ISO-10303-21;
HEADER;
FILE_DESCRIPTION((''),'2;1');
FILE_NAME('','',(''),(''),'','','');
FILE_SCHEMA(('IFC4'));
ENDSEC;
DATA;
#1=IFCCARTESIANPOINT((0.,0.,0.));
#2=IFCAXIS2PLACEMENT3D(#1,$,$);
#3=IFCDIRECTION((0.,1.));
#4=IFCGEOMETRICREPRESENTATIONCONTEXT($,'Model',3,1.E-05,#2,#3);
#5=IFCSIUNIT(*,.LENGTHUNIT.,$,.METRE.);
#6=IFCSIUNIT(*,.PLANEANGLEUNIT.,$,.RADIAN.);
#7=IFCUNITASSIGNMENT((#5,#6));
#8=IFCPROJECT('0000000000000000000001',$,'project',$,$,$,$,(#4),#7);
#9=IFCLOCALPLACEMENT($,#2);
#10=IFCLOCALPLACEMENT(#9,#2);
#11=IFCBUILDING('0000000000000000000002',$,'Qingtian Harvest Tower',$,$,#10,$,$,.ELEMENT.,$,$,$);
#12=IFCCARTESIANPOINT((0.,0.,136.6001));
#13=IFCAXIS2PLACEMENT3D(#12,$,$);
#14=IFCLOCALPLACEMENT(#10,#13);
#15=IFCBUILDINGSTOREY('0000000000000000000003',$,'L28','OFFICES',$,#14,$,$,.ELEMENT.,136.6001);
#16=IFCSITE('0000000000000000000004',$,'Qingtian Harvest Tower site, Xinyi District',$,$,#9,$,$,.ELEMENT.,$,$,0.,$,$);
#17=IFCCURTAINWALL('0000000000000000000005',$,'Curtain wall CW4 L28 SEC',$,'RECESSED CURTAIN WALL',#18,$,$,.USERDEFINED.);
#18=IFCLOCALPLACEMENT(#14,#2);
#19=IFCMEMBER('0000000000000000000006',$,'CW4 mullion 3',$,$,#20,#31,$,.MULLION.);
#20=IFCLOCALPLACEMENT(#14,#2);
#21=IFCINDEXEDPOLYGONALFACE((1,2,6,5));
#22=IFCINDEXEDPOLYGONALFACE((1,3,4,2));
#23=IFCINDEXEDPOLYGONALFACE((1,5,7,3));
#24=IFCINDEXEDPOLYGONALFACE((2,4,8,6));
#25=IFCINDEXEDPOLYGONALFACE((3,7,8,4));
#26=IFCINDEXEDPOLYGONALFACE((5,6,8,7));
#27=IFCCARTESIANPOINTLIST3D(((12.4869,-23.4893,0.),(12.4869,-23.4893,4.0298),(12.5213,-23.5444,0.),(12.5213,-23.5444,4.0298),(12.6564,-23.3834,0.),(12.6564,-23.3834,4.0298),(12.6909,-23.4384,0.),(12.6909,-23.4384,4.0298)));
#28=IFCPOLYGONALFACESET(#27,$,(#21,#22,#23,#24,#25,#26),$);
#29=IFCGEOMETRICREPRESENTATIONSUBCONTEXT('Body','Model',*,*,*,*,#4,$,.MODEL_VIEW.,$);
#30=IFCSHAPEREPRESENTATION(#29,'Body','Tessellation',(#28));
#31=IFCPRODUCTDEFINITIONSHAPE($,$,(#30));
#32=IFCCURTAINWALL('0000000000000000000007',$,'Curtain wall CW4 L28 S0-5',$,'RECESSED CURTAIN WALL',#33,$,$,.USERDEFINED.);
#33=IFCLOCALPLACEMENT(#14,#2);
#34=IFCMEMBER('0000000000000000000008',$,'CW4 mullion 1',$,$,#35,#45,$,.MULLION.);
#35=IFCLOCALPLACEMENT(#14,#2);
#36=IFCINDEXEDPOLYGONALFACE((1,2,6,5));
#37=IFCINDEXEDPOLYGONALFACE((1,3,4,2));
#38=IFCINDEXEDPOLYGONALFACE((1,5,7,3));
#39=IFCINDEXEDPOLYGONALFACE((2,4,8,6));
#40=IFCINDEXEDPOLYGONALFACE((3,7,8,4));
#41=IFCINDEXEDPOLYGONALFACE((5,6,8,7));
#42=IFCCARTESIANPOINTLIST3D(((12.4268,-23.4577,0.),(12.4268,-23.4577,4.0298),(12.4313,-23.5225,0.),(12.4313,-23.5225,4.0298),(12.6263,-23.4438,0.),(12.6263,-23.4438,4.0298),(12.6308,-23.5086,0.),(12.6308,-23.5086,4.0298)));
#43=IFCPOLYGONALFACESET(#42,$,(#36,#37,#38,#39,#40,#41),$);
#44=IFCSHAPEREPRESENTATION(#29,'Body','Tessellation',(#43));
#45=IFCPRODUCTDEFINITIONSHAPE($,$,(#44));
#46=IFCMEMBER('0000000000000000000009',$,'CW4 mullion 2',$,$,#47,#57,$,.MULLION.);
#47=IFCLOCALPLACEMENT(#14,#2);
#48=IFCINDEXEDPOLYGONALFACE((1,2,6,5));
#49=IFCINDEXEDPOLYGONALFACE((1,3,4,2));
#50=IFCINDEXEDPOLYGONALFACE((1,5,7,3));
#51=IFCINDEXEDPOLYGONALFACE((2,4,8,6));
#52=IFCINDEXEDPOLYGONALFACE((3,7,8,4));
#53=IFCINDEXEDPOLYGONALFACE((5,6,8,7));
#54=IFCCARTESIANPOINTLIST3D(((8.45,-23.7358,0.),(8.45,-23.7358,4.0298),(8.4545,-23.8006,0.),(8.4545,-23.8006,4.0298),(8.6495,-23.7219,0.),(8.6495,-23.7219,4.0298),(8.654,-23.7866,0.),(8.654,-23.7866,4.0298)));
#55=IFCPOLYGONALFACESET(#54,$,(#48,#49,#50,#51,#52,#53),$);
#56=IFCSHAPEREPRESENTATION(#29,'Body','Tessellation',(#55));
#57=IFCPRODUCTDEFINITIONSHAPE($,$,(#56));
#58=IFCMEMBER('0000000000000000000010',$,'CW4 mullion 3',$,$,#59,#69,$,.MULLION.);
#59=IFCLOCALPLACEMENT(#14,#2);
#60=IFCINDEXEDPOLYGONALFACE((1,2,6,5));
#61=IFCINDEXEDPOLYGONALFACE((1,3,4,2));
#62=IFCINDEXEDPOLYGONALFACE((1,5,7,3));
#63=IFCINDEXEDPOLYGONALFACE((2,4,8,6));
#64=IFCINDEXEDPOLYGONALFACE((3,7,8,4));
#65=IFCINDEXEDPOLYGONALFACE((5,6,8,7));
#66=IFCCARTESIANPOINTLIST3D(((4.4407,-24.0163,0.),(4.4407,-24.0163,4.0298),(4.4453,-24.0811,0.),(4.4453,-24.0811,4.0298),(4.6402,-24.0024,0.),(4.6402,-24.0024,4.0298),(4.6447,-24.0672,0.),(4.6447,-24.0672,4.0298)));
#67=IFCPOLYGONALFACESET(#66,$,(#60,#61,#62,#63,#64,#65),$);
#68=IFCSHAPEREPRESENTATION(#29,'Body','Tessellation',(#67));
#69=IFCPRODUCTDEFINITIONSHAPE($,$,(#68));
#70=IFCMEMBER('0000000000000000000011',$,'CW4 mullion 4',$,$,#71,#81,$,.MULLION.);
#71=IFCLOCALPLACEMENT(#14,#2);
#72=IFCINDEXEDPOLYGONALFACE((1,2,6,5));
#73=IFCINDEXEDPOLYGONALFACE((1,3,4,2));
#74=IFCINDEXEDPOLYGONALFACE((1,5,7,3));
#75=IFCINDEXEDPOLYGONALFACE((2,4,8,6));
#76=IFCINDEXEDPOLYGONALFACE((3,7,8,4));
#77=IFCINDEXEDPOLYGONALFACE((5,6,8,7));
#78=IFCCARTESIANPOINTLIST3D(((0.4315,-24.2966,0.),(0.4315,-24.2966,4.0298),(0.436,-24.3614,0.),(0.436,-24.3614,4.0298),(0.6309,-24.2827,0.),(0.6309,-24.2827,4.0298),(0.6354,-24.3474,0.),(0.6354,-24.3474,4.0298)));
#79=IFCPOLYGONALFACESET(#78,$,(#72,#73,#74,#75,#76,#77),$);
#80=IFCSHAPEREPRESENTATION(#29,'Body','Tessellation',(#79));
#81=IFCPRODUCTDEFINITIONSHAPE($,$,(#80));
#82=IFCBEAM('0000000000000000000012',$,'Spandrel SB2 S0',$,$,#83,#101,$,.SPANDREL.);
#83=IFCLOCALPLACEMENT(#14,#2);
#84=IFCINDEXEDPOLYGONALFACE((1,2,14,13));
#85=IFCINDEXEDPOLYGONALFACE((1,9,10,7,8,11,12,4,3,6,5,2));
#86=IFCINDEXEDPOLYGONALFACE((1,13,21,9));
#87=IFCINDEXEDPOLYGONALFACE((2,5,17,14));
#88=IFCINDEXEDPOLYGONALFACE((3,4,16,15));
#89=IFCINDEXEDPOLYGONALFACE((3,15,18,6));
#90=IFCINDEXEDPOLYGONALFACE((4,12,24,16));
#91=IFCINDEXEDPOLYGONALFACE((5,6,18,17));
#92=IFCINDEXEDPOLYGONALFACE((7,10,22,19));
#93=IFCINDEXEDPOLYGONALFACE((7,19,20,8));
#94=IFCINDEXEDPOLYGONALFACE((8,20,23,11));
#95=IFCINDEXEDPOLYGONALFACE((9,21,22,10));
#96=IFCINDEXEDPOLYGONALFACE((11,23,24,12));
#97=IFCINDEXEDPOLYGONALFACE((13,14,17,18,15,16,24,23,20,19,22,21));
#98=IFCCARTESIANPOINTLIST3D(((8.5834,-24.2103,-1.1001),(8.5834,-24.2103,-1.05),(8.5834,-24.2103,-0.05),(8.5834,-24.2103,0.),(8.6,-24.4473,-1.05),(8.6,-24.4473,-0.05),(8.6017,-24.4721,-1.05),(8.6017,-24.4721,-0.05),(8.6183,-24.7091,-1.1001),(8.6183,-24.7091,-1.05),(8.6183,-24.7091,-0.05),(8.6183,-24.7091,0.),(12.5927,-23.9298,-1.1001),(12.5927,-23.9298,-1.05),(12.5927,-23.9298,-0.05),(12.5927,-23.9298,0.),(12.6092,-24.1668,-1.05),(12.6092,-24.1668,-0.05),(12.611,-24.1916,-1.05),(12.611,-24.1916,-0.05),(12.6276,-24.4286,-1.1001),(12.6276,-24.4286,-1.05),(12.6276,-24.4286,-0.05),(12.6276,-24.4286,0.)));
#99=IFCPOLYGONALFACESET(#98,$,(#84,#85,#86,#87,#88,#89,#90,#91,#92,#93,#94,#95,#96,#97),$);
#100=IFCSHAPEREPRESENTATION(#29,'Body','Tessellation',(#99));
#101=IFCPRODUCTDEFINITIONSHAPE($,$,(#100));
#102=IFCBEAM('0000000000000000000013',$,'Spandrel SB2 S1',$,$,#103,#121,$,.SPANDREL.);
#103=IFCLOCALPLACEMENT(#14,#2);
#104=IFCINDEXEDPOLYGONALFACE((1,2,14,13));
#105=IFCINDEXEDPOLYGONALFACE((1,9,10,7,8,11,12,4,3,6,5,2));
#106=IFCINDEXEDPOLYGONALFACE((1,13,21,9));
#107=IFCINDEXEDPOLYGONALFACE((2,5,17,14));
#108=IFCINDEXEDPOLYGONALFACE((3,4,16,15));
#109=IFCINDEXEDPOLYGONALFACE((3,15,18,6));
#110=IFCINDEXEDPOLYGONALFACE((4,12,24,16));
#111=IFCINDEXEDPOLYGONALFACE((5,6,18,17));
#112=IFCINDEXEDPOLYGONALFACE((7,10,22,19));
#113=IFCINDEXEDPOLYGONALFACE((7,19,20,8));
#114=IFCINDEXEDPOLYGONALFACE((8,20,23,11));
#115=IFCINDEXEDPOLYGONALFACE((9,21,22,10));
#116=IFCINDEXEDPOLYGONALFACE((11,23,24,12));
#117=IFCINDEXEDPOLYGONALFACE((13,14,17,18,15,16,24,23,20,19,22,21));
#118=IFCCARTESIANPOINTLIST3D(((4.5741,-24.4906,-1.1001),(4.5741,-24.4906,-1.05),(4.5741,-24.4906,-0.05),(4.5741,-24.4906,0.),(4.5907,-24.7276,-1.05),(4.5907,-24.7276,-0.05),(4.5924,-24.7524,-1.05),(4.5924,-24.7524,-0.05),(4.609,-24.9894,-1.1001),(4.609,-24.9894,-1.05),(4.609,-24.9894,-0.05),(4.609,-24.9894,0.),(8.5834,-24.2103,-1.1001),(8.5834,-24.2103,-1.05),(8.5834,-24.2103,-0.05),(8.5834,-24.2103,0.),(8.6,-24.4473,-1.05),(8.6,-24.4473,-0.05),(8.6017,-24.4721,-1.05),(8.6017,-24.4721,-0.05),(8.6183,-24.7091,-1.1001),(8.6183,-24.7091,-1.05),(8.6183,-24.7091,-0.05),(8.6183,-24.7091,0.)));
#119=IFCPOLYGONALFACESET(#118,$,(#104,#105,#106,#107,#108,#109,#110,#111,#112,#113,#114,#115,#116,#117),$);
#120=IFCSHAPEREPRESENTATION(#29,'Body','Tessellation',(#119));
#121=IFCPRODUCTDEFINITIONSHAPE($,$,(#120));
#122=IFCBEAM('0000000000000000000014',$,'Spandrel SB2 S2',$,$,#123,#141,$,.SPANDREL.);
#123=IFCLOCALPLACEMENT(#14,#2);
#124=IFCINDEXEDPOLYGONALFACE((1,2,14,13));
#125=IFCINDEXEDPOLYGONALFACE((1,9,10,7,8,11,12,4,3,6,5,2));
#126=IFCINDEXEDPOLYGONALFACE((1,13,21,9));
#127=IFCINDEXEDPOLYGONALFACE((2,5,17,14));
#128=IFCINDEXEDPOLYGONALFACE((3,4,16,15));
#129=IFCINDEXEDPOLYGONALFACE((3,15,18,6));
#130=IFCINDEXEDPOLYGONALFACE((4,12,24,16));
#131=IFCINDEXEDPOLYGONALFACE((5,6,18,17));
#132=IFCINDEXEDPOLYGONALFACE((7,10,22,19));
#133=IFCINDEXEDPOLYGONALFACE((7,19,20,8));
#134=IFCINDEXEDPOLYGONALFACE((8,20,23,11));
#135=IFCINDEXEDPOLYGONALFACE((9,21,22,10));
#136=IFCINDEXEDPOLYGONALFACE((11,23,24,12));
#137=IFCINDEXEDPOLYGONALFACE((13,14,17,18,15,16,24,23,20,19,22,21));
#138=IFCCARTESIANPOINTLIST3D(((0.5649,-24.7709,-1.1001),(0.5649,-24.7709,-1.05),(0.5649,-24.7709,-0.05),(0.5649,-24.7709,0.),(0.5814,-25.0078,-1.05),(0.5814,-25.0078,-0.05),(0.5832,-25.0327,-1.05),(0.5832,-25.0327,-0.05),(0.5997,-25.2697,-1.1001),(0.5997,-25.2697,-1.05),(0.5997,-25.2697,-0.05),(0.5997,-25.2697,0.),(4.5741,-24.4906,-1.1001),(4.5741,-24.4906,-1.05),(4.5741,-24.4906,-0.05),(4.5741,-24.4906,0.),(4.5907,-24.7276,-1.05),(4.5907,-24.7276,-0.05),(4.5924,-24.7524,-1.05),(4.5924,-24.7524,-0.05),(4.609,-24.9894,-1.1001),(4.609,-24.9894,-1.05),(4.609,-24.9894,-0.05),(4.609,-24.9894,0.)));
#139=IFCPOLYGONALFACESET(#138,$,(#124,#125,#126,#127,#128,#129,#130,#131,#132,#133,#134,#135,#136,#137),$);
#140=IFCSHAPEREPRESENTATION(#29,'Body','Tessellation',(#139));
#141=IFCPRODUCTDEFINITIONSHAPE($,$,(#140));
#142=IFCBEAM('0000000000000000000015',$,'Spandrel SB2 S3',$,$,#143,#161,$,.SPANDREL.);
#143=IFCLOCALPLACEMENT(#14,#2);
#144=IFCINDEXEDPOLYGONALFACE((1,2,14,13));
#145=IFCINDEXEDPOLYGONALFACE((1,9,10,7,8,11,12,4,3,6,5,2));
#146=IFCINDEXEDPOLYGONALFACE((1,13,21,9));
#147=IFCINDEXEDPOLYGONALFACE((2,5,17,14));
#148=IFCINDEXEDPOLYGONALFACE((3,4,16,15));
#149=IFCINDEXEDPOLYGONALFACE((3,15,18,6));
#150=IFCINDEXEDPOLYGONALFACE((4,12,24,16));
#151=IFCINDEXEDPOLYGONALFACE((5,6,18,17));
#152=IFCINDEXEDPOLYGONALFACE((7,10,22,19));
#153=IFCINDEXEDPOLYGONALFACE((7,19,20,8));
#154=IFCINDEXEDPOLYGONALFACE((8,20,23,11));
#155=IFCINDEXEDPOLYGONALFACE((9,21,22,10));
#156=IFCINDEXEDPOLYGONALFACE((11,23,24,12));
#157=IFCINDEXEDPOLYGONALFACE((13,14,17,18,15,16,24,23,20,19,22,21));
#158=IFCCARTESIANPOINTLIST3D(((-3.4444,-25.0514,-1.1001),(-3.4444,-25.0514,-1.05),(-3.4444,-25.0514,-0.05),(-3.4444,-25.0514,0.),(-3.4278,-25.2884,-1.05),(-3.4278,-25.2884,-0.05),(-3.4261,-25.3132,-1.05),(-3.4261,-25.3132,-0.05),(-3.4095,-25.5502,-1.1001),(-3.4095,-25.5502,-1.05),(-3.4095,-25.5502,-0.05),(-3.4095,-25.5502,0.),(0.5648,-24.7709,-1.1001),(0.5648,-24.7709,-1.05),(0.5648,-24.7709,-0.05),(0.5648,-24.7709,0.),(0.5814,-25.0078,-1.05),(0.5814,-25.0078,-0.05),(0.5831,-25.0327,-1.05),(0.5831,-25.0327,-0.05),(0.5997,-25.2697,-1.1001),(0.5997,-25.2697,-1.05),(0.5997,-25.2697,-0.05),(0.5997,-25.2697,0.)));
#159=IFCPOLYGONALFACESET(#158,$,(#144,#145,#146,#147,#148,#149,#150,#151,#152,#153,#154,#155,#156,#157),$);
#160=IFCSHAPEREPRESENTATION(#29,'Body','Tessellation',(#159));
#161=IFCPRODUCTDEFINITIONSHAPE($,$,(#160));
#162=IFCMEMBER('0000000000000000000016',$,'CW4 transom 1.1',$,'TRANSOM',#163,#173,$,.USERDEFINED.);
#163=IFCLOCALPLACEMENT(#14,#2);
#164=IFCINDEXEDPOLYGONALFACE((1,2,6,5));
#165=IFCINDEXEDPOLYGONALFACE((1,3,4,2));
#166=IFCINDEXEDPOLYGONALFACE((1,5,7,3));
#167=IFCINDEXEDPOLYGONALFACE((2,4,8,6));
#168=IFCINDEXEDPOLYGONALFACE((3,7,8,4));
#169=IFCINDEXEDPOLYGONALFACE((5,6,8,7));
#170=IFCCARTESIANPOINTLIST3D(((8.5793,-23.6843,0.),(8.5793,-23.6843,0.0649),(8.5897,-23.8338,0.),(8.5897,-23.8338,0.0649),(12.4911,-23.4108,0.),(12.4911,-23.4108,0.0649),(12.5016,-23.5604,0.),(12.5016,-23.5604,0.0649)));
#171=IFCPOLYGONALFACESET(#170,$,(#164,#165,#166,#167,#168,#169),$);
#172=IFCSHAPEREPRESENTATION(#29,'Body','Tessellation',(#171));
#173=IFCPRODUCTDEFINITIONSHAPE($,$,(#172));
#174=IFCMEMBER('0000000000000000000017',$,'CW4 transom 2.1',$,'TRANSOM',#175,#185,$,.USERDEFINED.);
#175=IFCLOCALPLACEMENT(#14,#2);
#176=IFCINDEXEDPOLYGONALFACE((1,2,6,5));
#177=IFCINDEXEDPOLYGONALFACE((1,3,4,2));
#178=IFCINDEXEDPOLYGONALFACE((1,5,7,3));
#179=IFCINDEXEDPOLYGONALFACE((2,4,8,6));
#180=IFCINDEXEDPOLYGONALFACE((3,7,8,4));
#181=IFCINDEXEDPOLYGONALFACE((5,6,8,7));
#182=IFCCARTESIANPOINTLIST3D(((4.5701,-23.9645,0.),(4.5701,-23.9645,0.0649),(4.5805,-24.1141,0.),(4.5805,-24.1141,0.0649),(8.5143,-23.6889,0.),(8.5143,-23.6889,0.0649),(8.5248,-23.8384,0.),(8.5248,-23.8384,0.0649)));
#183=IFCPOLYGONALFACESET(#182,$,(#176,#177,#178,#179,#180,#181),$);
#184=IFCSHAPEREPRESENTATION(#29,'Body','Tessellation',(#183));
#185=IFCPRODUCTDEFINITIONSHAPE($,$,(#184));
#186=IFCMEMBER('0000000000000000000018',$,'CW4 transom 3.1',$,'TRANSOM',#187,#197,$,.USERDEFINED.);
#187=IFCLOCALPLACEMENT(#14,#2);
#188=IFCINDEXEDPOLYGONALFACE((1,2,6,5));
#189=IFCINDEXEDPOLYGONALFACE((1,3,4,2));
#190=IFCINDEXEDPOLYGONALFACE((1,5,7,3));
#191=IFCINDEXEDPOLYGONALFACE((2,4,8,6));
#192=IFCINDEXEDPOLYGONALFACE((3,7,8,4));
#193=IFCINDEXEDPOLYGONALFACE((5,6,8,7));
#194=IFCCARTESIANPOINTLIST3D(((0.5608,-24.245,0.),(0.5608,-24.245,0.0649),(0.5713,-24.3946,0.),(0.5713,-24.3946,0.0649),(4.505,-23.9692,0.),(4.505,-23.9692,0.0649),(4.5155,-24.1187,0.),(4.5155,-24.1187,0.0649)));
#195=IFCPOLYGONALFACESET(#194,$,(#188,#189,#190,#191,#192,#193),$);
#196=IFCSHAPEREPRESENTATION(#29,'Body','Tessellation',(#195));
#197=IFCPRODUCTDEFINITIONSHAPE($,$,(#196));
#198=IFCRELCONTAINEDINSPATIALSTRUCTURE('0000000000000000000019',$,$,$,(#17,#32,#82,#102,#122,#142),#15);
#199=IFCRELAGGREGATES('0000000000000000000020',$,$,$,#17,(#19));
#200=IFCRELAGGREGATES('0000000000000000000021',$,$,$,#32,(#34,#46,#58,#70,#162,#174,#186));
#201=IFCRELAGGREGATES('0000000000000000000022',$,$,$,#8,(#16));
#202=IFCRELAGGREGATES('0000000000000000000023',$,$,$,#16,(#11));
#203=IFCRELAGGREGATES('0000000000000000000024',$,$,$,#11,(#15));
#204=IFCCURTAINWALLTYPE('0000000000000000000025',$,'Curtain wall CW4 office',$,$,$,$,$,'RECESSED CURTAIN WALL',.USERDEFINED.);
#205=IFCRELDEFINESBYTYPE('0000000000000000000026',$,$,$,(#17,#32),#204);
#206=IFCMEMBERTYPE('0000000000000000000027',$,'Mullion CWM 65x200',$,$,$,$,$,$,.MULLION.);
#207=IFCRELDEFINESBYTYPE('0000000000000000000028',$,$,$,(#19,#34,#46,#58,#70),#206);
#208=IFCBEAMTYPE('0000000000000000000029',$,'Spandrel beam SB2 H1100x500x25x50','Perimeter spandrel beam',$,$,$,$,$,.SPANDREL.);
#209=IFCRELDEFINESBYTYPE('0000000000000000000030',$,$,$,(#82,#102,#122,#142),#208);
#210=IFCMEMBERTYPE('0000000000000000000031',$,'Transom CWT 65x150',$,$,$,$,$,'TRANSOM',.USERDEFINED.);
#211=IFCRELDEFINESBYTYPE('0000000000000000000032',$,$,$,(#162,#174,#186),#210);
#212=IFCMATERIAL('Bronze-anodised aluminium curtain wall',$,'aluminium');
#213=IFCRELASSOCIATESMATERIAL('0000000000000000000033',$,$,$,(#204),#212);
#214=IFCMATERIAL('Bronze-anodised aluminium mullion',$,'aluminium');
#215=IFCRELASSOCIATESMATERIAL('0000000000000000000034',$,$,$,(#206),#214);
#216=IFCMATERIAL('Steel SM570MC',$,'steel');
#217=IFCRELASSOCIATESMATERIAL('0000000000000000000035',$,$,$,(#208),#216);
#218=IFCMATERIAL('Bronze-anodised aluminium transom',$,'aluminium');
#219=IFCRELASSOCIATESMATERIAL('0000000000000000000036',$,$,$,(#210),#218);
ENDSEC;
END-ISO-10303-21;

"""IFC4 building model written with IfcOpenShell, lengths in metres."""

from ifc_helpers import new_model, si_unit, direction, frame, origin, origin_2d, place, context, subcontext, project, spatial, rectangle, i_section, extrude, material, material_profile, profile_set, type_object, element, aggregate, save


model = new_model("IFC4")

# Units and contexts
model_context = context("Model", 3, precision=1e-05, world=origin(), true_north=direction((0.0, 1.0)))
body_context = subcontext(model_context, "Body", "Model", "MODEL_VIEW")
ifc_project = project(units=[si_unit("LENGTHUNIT", "METRE"), si_unit("PLANEANGLEUNIT", "RADIAN")], contexts=[model_context])

# Site, building, storey
site_placement = place(None, origin())
site = spatial("IfcSite", under=ifc_project, at=site_placement, Name="Qingtian Harvest Tower site, Xinyi District", CompositionType="ELEMENT", RefElevation=0.0)
building_placement = place(site_placement, origin())
building = spatial("IfcBuilding", under=site, at=building_placement, Name="Qingtian Harvest Tower", CompositionType="ELEMENT")
storey_placement = place(building_placement, frame((0.0, 0.0, 136.6001)))
storey = spatial("IfcBuildingStorey", under=building, at=storey_placement, Name="L28", Description="OFFICES", CompositionType="ELEMENT", Elevation=136.6001)

# Curtain wall, member
ifc_material_1 = material(Name="Bronze-anodised aluminium curtain wall", Category="aluminium")
curtain_wall_type = type_object("IfcCurtainWallType", Name="Curtain wall CW4 office", ElementType="RECESSED CURTAIN WALL", PredefinedType="USERDEFINED", material=ifc_material_1)
curtain_wall_1_placement = place(storey_placement, origin())
curtain_wall_1 = element("IfcCurtainWall", 1, at=curtain_wall_1_placement, inside=storey, type_object=curtain_wall_type, Name="Curtain wall CW4 L28 SEC", ObjectType="RECESSED CURTAIN WALL", PredefinedType="USERDEFINED")
ifc_material_2 = material(Name="Bronze-anodised aluminium mullion", Category="aluminium")
ifc_material_profile_1 = material_profile(ifc_material_2, rectangle(XDim=0.0649, YDim=0.2, at=origin_2d()), Name="AL 65x200")
ifc_profile_set_1 = profile_set([ifc_material_profile_1], Name="Bronze-anodised aluminium mullion")
member_type_1 = type_object("IfcMemberType", Name="Mullion CWM 65x200", PredefinedType="MULLION", material=ifc_profile_set_1)
member_1_placement = place(storey_placement, frame((12.5889, -23.4639, 0.0), z_axis=(0.0, 0.0, 1.0), x_axis=(0.529919, -0.848048, 0.0)))
member_1 = element("IfcMember", 2, at=member_1_placement, type_object=member_type_1, Name="CW4 mullion 3", PredefinedType="MULLION", context=body_context, shape_type="SweptSolid", body=[
    extrude(rectangle(XDim=0.0649, YDim=0.2, at=origin_2d()), origin(), (0.0, 0.0, 1.0), 4.0298),
])
aggregate(curtain_wall_1, [member_1])

# Curtain wall, members
curtain_wall_2_placement = place(storey_placement, origin())
curtain_wall_2 = element("IfcCurtainWall", 3, at=curtain_wall_2_placement, inside=storey, type_object=curtain_wall_type, Name="Curtain wall CW4 L28 S0-5", ObjectType="RECESSED CURTAIN WALL", PredefinedType="USERDEFINED")
member_2_placement = place(storey_placement, frame((12.5288, -23.4832, 0.0), z_axis=(0.0, 0.0, 1.0), x_axis=(0.069756, -0.997564, 0.0)))
member_2 = element("IfcMember", 4, at=member_2_placement, type_object=member_type_1, Name="CW4 mullion 1", PredefinedType="MULLION", context=body_context, shape_type="SweptSolid", body=[
    extrude(rectangle(XDim=0.0649, YDim=0.2, at=origin_2d()), origin(), (0.0, 0.0, 1.0), 4.0298),
])
member_3_placement = place(storey_placement, frame((8.552, -23.7612, 0.0), z_axis=(0.0, 0.0, 1.0), x_axis=(0.069756, -0.997564, 0.0)))
member_3 = element("IfcMember", 5, at=member_3_placement, type_object=member_type_1, Name="CW4 mullion 2", PredefinedType="MULLION", context=body_context, shape_type="SweptSolid", body=[
    extrude(rectangle(XDim=0.0649, YDim=0.2, at=origin_2d()), origin(), (0.0, 0.0, 1.0), 4.0298),
])
member_4_placement = place(storey_placement, frame((4.5427, -24.0417, 0.0), z_axis=(0.0, 0.0, 1.0), x_axis=(0.069756, -0.997564, 0.0)))
member_4 = element("IfcMember", 6, at=member_4_placement, type_object=member_type_1, Name="CW4 mullion 3", PredefinedType="MULLION", context=body_context, shape_type="SweptSolid", body=[
    extrude(rectangle(XDim=0.0649, YDim=0.2, at=origin_2d()), origin(), (0.0, 0.0, 1.0), 4.0298),
])
member_5_placement = place(storey_placement, frame((0.5334, -24.322, 0.0), z_axis=(0.0, 0.0, 1.0), x_axis=(0.069756, -0.997564, 0.0)))
member_5 = element("IfcMember", 7, at=member_5_placement, type_object=member_type_1, Name="CW4 mullion 4", PredefinedType="MULLION", context=body_context, shape_type="SweptSolid", body=[
    extrude(rectangle(XDim=0.0649, YDim=0.2, at=origin_2d()), origin(), (0.0, 0.0, 1.0), 4.0298),
])

# Beams
ifc_material_3 = material(Name="Steel SM570MC", Category="steel")
ifc_material_profile_2 = material_profile(ifc_material_3, i_section(OverallWidth=0.5, OverallDepth=1.1001, WebThickness=0.0249, FlangeThickness=0.05, at=origin_2d()), Name="H1100x500x25x50")
ifc_profile_set_2 = profile_set([ifc_material_profile_2], Name="Steel SM570MC")
beam_type_1 = type_object("IfcBeamType", Name="Spandrel beam SB2 H1100x500x25x50", Description="Perimeter spandrel beam", PredefinedType="SPANDREL", material=ifc_profile_set_2)
for number, where, z_axis, x_axis, name in (
    (8, (12.6101, -24.1792, -0.55), (-0.997561, -0.069796, 0.0), (0.069796, -0.997561, 0.0), "Spandrel SB2 S0"),
    (9, (8.6008, -24.4597, -0.55), (-0.997565, -0.069736, 0.0), (0.069736, -0.997565, 0.0), "Spandrel SB2 S1"),
    (10, (4.5916, -24.74, -0.55), (-0.997565, -0.069736, 0.0), (0.069736, -0.997565, 0.0), "Spandrel SB2 S2"),
    (11, (0.5823, -25.0203, -0.55), (-0.997561, -0.069796, 0.0), (0.069796, -0.997561, 0.0), "Spandrel SB2 S3"),
):
    element("IfcBeam", number, at=place(storey_placement, frame(where, z_axis=z_axis, x_axis=x_axis)), inside=storey, type_object=beam_type_1, Name=name, PredefinedType="SPANDREL", context=body_context, shape_type="SweptSolid", body=[
        extrude(i_section(OverallWidth=0.5, OverallDepth=1.1001, WebThickness=0.0249, FlangeThickness=0.05, at=origin_2d()), origin(), (0.0, 0.0, 1.0), 4.019),
    ])

# Members
ifc_material_4 = material(Name="Bronze-anodised aluminium transom", Category="aluminium")
ifc_material_profile_3 = material_profile(ifc_material_4, rectangle(XDim=0.1499, YDim=0.0649, at=origin_2d()), Name="AL 65x150")
ifc_profile_set_3 = profile_set([ifc_material_profile_3], Name="Bronze-anodised aluminium transom")
member_type_2 = type_object("IfcMemberType", Name="Transom CWT 65x150", ElementType="TRANSOM", PredefinedType="USERDEFINED", material=ifc_profile_set_3)
member_6_placement = place(storey_placement, frame((12.4963, -23.4856, 0.0325), z_axis=(-0.997566, -0.069729, 0.0), x_axis=(0.069729, -0.997566, 0.0)))
member_6 = element("IfcMember", 12, at=member_6_placement, type_object=member_type_2, Name="CW4 transom 1.1", ObjectType="TRANSOM", PredefinedType="USERDEFINED", context=body_context, shape_type="SweptSolid", body=[
    extrude(rectangle(XDim=0.1499, YDim=0.0649, at=origin_2d()), origin(), (0.0, 0.0, 1.0), 3.9214),
])
member_7_placement = place(storey_placement, frame((8.5195, -23.7637, 0.0325), z_axis=(-0.997567, -0.069711, 0.0), x_axis=(0.069711, -0.997567, 0.0)))
member_7 = element("IfcMember", 13, at=member_7_placement, type_object=member_type_2, Name="CW4 transom 2.1", ObjectType="TRANSOM", PredefinedType="USERDEFINED", context=body_context, shape_type="SweptSolid", body=[
    extrude(rectangle(XDim=0.1499, YDim=0.0649, at=origin_2d()), origin(), (0.0, 0.0, 1.0), 3.9539),
])
member_8_placement = place(storey_placement, frame((4.5103, -24.0439, 0.0325), z_axis=(-0.997563, -0.069773, 0.0), x_axis=(0.069773, -0.997563, 0.0)))
member_8 = element("IfcMember", 14, at=member_8_placement, type_object=member_type_2, Name="CW4 transom 3.1", ObjectType="TRANSOM", PredefinedType="USERDEFINED", context=body_context, shape_type="SweptSolid", body=[
    extrude(rectangle(XDim=0.1499, YDim=0.0649, at=origin_2d()), origin(), (0.0, 0.0, 1.0), 3.9539),
])

aggregate(curtain_wall_2, [member_2, member_3, member_4, member_5, member_6, member_7, member_8])

save(model, "model.ifc")
